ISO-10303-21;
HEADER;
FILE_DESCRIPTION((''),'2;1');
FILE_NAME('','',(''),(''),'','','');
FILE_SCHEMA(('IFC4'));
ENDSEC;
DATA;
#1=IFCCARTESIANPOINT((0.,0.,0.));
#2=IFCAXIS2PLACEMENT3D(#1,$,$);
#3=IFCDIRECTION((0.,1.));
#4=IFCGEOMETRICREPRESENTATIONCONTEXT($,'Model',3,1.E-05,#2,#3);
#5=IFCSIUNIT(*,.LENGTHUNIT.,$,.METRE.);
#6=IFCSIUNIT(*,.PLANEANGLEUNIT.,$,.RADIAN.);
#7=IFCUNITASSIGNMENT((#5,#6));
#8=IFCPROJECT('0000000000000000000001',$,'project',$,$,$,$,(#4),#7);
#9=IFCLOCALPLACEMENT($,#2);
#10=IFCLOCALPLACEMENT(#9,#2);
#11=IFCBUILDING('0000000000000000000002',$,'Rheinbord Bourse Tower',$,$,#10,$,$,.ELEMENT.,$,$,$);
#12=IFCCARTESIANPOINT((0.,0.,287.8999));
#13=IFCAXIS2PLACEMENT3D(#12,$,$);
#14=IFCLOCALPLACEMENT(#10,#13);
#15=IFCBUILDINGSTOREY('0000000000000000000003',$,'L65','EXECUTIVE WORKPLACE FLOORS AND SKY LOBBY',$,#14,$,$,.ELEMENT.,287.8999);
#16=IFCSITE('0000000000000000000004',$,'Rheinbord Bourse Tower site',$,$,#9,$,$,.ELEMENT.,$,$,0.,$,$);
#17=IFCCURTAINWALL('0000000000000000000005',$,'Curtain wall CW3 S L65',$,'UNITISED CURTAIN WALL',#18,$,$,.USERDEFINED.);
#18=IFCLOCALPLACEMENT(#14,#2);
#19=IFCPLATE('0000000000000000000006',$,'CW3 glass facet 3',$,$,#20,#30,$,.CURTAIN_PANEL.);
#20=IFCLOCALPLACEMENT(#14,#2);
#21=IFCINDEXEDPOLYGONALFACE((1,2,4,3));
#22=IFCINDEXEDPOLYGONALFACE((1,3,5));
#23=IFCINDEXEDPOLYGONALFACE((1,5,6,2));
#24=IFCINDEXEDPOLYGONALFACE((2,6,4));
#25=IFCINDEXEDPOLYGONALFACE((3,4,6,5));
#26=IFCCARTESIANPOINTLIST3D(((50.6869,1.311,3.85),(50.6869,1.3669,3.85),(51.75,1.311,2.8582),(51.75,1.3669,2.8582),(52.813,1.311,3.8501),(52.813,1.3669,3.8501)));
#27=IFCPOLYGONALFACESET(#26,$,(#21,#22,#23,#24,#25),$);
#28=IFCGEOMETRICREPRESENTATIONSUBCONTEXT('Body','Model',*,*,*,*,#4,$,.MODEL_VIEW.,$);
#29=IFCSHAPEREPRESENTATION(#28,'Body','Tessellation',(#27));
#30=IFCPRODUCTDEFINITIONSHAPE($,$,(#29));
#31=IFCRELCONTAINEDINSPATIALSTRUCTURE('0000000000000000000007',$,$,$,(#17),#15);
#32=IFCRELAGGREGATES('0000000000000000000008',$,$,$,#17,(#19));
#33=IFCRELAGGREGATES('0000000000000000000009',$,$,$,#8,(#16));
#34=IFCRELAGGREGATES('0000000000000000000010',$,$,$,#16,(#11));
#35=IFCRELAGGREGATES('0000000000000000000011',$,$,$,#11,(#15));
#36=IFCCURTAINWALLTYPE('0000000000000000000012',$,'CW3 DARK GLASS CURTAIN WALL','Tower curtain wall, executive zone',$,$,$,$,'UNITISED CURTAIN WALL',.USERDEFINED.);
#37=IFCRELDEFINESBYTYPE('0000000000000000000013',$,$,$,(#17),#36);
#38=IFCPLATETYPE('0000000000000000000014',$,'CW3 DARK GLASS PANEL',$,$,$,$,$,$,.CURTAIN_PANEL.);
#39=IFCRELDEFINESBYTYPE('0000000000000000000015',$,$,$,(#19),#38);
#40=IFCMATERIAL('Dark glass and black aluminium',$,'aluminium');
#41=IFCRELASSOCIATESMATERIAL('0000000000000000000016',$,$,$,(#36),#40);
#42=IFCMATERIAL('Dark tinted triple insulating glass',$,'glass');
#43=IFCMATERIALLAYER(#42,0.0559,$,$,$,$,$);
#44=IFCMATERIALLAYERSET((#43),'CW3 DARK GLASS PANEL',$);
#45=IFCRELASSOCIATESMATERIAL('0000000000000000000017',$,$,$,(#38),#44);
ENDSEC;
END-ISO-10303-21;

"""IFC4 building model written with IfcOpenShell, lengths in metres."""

from ifc_helpers import new_model, si_unit, direction, frame, origin, place, context, subcontext, project, spatial, polyline, outline, extrude, material, layer, layer_set, type_object, element, aggregate, save


model = new_model("IFC4")

# Units and contexts
model_context = context("Model", 3, precision=1e-05, world=origin(), true_north=direction((0.0, 1.0)))
body_context = subcontext(model_context, "Body", "Model", "MODEL_VIEW")
ifc_project = project(units=[si_unit("LENGTHUNIT", "METRE"), si_unit("PLANEANGLEUNIT", "RADIAN")], contexts=[model_context])

# Site, building, storey
site_placement = place(None, origin())
site = spatial("IfcSite", under=ifc_project, at=site_placement, Name="Rheinbord Bourse Tower site", CompositionType="ELEMENT", RefElevation=0.0)
building_placement = place(site_placement, origin())
building = spatial("IfcBuilding", under=site, at=building_placement, Name="Rheinbord Bourse Tower", CompositionType="ELEMENT")
storey_placement = place(building_placement, frame((0.0, 0.0, 287.8999)))
storey = spatial("IfcBuildingStorey", under=building, at=storey_placement, Name="L65", Description="EXECUTIVE WORKPLACE FLOORS AND SKY LOBBY", CompositionType="ELEMENT", Elevation=287.8999)

# Curtain wall
ifc_material_1 = material(Name="Dark glass and black aluminium", Category="aluminium")
curtain_wall_type = type_object("IfcCurtainWallType", Name="CW3 DARK GLASS CURTAIN WALL", Description="Tower curtain wall, executive zone", ElementType="UNITISED CURTAIN WALL", PredefinedType="USERDEFINED", material=ifc_material_1)
curtain_wall_placement = place(storey_placement, origin())
curtain_wall = element("IfcCurtainWall", 1, at=curtain_wall_placement, inside=storey, type_object=curtain_wall_type, Name="Curtain wall CW3 S L65", ObjectType="UNITISED CURTAIN WALL", PredefinedType="USERDEFINED")

# Plate
ifc_material_2 = material(Name="Dark tinted triple insulating glass", Category="glass")
ifc_layer = layer(ifc_material_2, 0.0559)
ifc_layer_set = layer_set([ifc_layer], Name="CW3 DARK GLASS PANEL")
plate_type = type_object("IfcPlateType", Name="CW3 DARK GLASS PANEL", PredefinedType="CURTAIN_PANEL", material=ifc_layer_set)
plate_1_placement = place(storey_placement, frame((52.813, 1.311, 3.8501), z_axis=(0.0, 1.0, 0.0), x_axis=(-0.731117, 0.0, -0.682252)))
plate_1 = element("IfcPlate", 2, at=plate_1_placement, type_object=plate_type, Name="CW3 glass facet 3", PredefinedType="CURTAIN_PANEL", context=body_context, shape_type="SweptSolid", body=[
    extrude(outline(polyline([(0.0, 0.0), (1.4539, 0.0), (1.5544, 1.4504), (0.0, 0.0)])), origin(), (0.0, 0.0, 1.0), 0.0559),
])
aggregate(curtain_wall, [plate_1])

save(model, "model.ifc")
